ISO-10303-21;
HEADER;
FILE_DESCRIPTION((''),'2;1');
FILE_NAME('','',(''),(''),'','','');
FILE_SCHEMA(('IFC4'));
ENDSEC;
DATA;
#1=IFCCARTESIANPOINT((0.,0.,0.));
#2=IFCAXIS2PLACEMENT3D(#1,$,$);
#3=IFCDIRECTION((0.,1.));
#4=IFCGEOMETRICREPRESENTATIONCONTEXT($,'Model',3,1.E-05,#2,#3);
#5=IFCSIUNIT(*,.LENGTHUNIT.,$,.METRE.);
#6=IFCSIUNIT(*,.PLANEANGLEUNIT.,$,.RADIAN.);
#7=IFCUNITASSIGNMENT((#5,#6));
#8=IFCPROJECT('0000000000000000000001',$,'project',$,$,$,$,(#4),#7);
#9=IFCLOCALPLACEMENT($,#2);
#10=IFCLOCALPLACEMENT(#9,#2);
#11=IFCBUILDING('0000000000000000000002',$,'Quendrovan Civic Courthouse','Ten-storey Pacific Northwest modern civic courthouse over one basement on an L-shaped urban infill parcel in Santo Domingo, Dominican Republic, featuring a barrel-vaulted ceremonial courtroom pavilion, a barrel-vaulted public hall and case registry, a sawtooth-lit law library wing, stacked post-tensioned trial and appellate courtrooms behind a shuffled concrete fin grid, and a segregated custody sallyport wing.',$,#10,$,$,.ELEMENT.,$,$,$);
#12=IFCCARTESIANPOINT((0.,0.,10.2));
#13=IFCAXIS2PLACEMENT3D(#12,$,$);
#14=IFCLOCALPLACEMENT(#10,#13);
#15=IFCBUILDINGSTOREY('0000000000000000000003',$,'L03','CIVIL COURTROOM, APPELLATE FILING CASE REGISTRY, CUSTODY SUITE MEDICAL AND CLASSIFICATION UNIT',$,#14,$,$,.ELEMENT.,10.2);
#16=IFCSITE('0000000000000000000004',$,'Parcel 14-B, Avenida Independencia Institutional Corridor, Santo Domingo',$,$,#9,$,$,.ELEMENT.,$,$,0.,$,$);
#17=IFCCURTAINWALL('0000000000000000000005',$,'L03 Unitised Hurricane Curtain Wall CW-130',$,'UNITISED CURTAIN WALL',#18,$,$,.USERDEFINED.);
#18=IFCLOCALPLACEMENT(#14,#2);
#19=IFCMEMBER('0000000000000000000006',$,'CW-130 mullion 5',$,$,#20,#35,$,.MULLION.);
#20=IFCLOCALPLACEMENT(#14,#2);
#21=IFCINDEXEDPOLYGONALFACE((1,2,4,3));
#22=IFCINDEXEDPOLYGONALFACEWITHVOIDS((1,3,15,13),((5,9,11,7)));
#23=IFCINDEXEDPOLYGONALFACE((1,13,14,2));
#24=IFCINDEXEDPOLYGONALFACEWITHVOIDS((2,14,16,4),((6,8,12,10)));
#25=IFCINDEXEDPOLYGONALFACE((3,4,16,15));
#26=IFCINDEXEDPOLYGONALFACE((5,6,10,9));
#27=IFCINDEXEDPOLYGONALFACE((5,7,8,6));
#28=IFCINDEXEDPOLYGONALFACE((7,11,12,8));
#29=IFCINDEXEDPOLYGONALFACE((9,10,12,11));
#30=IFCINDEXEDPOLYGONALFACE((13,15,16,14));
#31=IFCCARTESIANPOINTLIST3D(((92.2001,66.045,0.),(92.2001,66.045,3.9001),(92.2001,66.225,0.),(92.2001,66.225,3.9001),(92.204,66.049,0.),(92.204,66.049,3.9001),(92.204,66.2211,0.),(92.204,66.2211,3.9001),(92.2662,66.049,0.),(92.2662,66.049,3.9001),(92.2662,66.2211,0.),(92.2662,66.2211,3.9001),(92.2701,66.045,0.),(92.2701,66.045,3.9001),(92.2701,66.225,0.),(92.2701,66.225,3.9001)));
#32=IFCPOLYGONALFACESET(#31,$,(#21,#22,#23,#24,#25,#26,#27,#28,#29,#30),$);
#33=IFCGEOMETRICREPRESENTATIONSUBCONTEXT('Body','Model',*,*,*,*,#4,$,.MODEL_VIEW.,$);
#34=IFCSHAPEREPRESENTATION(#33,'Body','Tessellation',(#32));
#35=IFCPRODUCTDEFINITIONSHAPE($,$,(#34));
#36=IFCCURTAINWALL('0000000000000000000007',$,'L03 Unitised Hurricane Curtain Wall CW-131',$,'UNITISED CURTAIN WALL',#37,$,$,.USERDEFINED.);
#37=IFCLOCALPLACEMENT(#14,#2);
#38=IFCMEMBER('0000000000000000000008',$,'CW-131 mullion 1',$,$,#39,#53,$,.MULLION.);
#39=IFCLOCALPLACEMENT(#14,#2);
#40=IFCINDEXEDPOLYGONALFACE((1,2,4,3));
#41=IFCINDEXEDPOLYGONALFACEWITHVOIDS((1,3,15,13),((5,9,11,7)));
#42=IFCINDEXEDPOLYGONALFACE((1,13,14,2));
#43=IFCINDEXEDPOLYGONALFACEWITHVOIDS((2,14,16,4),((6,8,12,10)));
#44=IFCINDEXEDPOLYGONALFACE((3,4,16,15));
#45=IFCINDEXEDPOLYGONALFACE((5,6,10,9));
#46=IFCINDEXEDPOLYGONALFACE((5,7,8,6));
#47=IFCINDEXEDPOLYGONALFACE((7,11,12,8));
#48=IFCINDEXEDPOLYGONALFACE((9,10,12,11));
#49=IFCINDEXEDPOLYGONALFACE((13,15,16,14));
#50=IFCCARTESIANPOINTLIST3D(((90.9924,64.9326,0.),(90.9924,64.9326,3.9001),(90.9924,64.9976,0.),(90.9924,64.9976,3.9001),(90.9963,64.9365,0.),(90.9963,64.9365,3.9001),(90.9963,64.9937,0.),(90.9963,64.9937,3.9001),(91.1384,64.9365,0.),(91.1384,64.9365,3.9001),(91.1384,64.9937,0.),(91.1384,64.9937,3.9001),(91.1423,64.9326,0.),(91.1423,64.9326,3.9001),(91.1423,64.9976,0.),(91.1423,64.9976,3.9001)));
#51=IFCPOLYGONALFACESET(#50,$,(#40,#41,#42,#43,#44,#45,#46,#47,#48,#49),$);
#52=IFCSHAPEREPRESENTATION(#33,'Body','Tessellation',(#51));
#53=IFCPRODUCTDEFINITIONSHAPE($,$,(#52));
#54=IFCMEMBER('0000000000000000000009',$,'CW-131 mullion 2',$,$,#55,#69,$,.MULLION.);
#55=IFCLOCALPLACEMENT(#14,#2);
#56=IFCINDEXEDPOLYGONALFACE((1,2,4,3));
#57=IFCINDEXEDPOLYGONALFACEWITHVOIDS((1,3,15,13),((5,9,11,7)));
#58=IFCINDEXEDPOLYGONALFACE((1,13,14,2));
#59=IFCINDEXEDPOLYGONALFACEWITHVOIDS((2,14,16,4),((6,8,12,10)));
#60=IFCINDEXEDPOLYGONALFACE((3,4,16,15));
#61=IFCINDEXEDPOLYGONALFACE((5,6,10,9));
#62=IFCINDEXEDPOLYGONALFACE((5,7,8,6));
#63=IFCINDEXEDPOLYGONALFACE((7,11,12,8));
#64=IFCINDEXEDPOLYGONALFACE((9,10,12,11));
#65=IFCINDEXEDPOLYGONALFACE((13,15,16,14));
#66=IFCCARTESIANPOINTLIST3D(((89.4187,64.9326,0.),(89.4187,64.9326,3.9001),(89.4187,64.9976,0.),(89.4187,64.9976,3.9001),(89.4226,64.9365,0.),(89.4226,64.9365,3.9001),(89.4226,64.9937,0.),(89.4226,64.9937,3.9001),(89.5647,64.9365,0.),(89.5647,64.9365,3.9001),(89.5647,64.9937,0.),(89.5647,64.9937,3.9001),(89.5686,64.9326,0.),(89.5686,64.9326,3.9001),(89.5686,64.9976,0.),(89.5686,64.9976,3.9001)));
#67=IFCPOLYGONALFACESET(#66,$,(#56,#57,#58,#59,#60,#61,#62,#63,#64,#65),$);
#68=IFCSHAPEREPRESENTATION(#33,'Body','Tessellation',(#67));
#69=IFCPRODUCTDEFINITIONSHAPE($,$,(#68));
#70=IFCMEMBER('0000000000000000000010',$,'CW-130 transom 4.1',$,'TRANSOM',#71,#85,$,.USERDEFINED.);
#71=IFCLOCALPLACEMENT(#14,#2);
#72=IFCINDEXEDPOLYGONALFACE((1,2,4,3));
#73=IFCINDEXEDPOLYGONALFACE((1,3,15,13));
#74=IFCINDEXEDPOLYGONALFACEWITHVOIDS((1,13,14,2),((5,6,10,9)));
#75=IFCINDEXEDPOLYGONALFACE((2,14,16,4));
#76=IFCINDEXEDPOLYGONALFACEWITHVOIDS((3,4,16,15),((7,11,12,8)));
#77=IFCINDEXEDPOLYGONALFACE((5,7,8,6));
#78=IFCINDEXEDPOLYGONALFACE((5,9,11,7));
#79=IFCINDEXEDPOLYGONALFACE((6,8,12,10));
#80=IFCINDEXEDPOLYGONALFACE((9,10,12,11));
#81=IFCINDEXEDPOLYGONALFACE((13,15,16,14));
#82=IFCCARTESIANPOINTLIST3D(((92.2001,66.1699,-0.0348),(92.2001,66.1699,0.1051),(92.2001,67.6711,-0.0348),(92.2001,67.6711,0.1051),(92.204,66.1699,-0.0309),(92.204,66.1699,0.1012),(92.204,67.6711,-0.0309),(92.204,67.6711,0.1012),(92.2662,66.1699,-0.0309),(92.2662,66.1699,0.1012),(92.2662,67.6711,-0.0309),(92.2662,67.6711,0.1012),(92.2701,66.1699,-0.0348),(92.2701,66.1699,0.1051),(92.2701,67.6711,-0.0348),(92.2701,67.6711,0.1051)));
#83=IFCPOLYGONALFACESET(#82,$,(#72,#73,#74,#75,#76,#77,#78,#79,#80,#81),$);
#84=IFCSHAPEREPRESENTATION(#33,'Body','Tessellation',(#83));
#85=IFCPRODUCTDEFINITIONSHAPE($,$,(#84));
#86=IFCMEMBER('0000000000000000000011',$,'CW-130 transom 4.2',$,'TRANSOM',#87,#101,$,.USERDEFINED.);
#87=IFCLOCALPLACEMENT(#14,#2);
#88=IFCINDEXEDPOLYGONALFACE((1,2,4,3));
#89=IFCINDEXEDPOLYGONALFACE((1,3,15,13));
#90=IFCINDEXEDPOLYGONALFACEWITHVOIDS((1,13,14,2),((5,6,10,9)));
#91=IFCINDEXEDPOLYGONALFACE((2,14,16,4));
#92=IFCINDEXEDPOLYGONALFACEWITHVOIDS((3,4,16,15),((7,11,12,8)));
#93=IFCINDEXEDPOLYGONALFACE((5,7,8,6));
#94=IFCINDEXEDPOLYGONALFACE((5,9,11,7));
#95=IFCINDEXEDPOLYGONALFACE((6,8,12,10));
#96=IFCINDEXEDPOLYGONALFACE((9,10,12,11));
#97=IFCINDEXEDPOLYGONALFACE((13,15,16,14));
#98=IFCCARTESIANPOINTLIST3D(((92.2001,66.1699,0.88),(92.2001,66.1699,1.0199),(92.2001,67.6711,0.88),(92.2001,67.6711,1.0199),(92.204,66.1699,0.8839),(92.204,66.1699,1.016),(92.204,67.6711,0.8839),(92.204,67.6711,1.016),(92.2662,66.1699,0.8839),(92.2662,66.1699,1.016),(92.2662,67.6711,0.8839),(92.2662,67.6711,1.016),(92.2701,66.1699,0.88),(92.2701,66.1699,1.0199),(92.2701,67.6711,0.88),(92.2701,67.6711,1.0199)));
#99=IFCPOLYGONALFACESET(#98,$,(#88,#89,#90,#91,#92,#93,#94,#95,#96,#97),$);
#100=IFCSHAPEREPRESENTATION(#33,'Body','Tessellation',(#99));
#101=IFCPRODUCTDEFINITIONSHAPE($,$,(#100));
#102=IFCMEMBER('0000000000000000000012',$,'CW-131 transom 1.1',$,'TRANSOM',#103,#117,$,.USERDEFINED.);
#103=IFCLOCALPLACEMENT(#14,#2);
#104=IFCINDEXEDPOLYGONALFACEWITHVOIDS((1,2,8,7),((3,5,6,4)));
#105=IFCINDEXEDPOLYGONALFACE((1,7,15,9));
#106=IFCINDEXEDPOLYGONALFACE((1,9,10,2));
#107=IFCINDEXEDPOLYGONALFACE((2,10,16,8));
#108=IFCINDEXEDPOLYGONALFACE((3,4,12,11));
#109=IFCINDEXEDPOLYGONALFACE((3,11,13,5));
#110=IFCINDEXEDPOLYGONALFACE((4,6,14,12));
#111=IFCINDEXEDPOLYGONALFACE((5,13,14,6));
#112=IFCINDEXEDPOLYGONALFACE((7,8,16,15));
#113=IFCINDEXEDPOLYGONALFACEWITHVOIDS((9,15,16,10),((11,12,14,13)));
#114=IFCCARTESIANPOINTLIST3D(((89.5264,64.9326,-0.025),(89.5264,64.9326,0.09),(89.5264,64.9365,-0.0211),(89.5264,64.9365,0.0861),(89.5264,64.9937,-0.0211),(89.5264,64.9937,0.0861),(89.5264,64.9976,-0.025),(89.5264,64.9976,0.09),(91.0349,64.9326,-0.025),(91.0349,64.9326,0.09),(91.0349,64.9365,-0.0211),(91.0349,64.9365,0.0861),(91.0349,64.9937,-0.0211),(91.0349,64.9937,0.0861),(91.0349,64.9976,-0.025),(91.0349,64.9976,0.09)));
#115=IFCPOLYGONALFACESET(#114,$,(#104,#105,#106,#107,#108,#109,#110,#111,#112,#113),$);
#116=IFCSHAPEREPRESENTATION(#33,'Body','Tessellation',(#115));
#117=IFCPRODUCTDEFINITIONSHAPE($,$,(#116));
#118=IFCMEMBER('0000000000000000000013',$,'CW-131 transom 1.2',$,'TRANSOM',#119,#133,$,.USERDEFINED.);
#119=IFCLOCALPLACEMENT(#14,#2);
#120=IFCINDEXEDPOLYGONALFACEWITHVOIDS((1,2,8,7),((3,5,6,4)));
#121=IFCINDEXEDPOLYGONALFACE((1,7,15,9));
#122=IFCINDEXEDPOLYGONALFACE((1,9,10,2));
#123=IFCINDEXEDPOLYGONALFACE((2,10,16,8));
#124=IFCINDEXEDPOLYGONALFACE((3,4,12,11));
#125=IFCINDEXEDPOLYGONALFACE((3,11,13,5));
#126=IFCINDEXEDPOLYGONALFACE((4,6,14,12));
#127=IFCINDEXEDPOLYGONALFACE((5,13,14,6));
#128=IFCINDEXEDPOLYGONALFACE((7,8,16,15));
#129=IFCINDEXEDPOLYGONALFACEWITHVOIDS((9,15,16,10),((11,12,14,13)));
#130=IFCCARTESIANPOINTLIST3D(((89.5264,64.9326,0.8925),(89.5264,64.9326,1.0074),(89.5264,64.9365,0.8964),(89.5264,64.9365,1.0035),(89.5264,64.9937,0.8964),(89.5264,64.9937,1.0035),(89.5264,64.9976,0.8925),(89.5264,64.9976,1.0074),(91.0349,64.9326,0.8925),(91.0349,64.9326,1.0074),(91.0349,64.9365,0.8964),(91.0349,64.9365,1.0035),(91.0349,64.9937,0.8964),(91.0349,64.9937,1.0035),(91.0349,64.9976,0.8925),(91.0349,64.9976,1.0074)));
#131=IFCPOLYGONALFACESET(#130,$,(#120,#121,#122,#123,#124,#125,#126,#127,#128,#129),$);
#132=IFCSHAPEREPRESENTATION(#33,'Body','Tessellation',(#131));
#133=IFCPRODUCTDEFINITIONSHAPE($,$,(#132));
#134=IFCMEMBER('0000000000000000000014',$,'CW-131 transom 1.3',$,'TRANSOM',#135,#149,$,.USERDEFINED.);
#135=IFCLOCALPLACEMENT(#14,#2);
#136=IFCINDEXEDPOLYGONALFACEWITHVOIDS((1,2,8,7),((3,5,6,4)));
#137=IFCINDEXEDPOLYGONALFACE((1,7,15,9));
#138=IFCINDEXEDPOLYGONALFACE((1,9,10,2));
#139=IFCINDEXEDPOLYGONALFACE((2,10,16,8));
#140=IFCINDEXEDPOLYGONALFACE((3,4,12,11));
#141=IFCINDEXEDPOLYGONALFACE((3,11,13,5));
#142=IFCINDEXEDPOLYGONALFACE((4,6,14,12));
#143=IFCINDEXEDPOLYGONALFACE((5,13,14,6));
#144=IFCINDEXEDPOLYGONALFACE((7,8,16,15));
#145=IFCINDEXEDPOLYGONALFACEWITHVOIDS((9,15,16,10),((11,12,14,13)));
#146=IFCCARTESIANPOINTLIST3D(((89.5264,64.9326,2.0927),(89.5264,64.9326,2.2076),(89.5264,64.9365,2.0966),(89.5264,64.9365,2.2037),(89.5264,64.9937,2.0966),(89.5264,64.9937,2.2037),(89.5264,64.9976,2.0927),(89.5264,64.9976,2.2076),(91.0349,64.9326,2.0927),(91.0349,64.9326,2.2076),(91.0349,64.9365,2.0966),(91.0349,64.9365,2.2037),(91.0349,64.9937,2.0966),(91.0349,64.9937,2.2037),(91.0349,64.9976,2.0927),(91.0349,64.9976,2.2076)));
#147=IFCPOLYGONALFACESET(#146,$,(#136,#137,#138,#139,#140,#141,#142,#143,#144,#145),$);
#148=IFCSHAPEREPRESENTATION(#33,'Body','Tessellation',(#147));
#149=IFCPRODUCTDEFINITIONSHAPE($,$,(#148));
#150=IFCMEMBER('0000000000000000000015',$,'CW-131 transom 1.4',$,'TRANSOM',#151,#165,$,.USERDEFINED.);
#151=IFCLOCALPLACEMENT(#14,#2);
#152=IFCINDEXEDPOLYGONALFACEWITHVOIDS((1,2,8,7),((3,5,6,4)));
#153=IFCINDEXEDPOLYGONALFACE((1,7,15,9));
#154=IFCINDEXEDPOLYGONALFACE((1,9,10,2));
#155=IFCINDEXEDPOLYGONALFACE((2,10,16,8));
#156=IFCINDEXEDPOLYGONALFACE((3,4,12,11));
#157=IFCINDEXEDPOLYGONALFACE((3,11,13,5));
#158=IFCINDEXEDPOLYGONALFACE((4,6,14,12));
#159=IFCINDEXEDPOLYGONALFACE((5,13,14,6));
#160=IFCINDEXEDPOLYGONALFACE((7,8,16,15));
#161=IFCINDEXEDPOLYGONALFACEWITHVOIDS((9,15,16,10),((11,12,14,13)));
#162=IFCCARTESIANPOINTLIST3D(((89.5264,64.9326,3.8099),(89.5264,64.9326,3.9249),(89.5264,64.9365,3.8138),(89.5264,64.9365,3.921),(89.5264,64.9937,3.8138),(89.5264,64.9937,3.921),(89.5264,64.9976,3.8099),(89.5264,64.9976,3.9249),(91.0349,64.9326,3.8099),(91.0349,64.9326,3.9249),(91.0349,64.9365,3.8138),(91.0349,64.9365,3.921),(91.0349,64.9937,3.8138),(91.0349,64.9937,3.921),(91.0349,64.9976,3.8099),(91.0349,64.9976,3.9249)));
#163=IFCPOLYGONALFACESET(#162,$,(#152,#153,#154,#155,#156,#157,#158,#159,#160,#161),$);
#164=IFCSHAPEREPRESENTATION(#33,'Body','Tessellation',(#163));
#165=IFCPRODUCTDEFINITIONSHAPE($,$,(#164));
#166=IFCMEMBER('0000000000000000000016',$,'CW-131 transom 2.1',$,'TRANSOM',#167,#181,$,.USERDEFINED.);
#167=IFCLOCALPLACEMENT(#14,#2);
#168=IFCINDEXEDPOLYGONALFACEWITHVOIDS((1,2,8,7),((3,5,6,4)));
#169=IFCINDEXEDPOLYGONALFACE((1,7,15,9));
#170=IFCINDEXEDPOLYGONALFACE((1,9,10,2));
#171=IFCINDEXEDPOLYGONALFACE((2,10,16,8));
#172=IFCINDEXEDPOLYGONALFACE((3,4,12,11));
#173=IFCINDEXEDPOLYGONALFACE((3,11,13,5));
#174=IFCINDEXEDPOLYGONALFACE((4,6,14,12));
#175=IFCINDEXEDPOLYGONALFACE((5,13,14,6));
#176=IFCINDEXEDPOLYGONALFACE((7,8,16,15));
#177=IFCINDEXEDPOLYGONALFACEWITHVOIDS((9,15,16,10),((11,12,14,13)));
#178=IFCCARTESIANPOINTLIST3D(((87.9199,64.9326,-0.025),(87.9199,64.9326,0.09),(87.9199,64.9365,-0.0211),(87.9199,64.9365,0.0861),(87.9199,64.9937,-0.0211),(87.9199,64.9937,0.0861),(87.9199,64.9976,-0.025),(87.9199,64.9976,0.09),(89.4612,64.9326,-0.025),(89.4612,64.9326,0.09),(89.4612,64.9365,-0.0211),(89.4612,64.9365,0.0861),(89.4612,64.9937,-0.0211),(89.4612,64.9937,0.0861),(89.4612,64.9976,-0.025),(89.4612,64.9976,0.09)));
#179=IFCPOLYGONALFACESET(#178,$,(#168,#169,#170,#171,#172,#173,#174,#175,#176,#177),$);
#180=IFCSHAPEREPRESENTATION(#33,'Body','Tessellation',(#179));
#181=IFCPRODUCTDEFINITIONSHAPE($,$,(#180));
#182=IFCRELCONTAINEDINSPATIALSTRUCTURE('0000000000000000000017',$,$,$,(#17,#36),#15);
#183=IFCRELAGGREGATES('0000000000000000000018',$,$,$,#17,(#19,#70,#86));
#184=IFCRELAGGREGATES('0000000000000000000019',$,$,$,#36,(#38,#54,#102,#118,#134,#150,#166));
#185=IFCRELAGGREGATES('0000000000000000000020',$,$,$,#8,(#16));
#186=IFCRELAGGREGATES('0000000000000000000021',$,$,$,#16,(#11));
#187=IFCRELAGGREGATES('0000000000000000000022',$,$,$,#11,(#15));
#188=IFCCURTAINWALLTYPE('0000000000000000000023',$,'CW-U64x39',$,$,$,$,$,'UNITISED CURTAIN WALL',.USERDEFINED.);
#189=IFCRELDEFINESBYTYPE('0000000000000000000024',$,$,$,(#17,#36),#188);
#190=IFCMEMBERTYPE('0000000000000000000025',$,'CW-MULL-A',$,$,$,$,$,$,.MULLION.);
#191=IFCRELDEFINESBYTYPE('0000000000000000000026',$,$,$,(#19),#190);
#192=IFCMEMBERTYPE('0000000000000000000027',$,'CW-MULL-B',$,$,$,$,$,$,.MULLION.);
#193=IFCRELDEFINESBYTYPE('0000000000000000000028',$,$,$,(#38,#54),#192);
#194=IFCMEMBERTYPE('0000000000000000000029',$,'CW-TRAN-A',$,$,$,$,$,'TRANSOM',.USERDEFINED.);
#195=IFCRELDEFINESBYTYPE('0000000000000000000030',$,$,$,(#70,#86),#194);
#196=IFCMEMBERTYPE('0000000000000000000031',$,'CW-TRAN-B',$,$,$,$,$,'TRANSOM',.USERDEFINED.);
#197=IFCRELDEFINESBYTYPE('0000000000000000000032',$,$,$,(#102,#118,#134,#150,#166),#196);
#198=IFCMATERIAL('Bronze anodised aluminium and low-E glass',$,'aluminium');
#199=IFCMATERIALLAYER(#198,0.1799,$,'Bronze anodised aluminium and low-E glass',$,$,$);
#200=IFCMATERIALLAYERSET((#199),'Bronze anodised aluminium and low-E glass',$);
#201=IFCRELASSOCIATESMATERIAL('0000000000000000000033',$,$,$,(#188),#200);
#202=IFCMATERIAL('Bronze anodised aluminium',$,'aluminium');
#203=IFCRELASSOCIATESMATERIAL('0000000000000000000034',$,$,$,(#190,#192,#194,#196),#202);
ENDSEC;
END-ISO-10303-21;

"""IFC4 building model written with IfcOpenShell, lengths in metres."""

from ifc_helpers import new_model, si_unit, direction, frame, origin, origin_2d, place, context, subcontext, project, spatial, hollow_rectangle, extrude, material, layer, layer_set, material_profile, profile_set, type_object, element, aggregate, save


model = new_model("IFC4")

# Units and contexts
model_context = context("Model", 3, precision=1e-05, world=origin(), true_north=direction((0.0, 1.0)))
body_context = subcontext(model_context, "Body", "Model", "MODEL_VIEW")
ifc_project = project(units=[si_unit("LENGTHUNIT", "METRE"), si_unit("PLANEANGLEUNIT", "RADIAN")], contexts=[model_context])

# Site, building, storey
site_placement = place(None, origin())
site = spatial("IfcSite", under=ifc_project, at=site_placement, Name="Parcel 14-B, Avenida Independencia Institutional Corridor, Santo Domingo", CompositionType="ELEMENT", RefElevation=0.0)
building_placement = place(site_placement, origin())
building = spatial("IfcBuilding", under=site, at=building_placement, Name="Quendrovan Civic Courthouse", Description="Ten-storey Pacific Northwest modern civic courthouse over one basement on an L-shaped urban infill parcel in Santo Domingo, Dominican Republic, featuring a barrel-vaulted ceremonial courtroom pavilion, a barrel-vaulted public hall and case registry, a sawtooth-lit law library wing, stacked post-tensioned trial and appellate courtrooms behind a shuffled concrete fin grid, and a segregated custody sallyport wing.", CompositionType="ELEMENT")
storey_placement = place(building_placement, frame((0.0, 0.0, 10.2)))
storey = spatial("IfcBuildingStorey", under=building, at=storey_placement, Name="L03", Description="CIVIL COURTROOM, APPELLATE FILING CASE REGISTRY, CUSTODY SUITE MEDICAL AND CLASSIFICATION UNIT", CompositionType="ELEMENT", Elevation=10.2)

# Curtain wall, member
ifc_material_1 = material(Name="Bronze anodised aluminium and low-E glass", Category="aluminium")
ifc_layer_1 = layer(ifc_material_1, 0.1799, Name="Bronze anodised aluminium and low-E glass")
ifc_layer_set_1 = layer_set([ifc_layer_1], Name="Bronze anodised aluminium and low-E glass")
curtain_wall_type = type_object("IfcCurtainWallType", Name="CW-U64x39", ElementType="UNITISED CURTAIN WALL", PredefinedType="USERDEFINED", material=ifc_layer_set_1)
curtain_wall_1_placement = place(storey_placement, origin())
curtain_wall_1 = element("IfcCurtainWall", 1, at=curtain_wall_1_placement, inside=storey, type_object=curtain_wall_type, Name="L03 Unitised Hurricane Curtain Wall CW-130", ObjectType="UNITISED CURTAIN WALL", PredefinedType="USERDEFINED")
ifc_material_2 = material(Name="Bronze anodised aluminium", Category="aluminium")
ifc_material_profile_1 = material_profile(ifc_material_2, hollow_rectangle(XDim=0.0701, YDim=0.1799, WallThickness=0.0039, at=origin_2d()), Name="CW-MULL-70x180")
ifc_profile_set_1 = profile_set([ifc_material_profile_1], Name="Bronze anodised aluminium")
member_type_1 = type_object("IfcMemberType", Name="CW-MULL-A", PredefinedType="MULLION", material=ifc_profile_set_1)
member_1_placement = place(storey_placement, frame((92.2351, 66.135, 0.0), z_axis=(0.0, 0.0, 1.0), x_axis=(1.0, 0.0, 0.0)))
member_1 = element("IfcMember", 2, at=member_1_placement, type_object=member_type_1, Name="CW-130 mullion 5", PredefinedType="MULLION", context=body_context, shape_type="SweptSolid", body=[
    extrude(hollow_rectangle(XDim=0.0701, YDim=0.1799, WallThickness=0.0039, at=origin_2d()), origin(), (0.0, 0.0, 1.0), 3.9001),
])

# Curtain wall, members
curtain_wall_2_placement = place(storey_placement, origin())
curtain_wall_2 = element("IfcCurtainWall", 3, at=curtain_wall_2_placement, inside=storey, type_object=curtain_wall_type, Name="L03 Unitised Hurricane Curtain Wall CW-131", ObjectType="UNITISED CURTAIN WALL", PredefinedType="USERDEFINED")
ifc_material_profile_2 = material_profile(ifc_material_2, hollow_rectangle(XDim=0.0649, YDim=0.1499, WallThickness=0.0039, at=origin_2d()), Name="CW-MULL-65x150")
ifc_profile_set_2 = profile_set([ifc_material_profile_2], Name="Bronze anodised aluminium")
member_type_2 = type_object("IfcMemberType", Name="CW-MULL-B", PredefinedType="MULLION", material=ifc_profile_set_2)
member_2_placement = place(storey_placement, frame((91.0674, 64.9651, 0.0), z_axis=(0.0, 0.0, 1.0), x_axis=(0.0, -1.0, 0.0)))
member_2 = element("IfcMember", 4, at=member_2_placement, type_object=member_type_2, Name="CW-131 mullion 1", PredefinedType="MULLION", context=body_context, shape_type="SweptSolid", body=[
    extrude(hollow_rectangle(XDim=0.0649, YDim=0.1499, WallThickness=0.0039, at=origin_2d()), origin(), (0.0, 0.0, 1.0), 3.9001),
])
member_3_placement = place(storey_placement, frame((89.4937, 64.9651, 0.0), z_axis=(0.0, 0.0, 1.0), x_axis=(0.0, -1.0, 0.0)))
member_3 = element("IfcMember", 5, at=member_3_placement, type_object=member_type_2, Name="CW-131 mullion 2", PredefinedType="MULLION", context=body_context, shape_type="SweptSolid", body=[
    extrude(hollow_rectangle(XDim=0.0649, YDim=0.1499, WallThickness=0.0039, at=origin_2d()), origin(), (0.0, 0.0, 1.0), 3.9001),
])

# Members
ifc_material_profile_3 = material_profile(ifc_material_2, hollow_rectangle(XDim=0.0701, YDim=0.1399, WallThickness=0.0039, at=origin_2d()), Name="CW-TRAN-70x140")
ifc_profile_set_3 = profile_set([ifc_material_profile_3], Name="Bronze anodised aluminium")
member_type_3 = type_object("IfcMemberType", Name="CW-TRAN-A", ElementType="TRANSOM", PredefinedType="USERDEFINED", material=ifc_profile_set_3)
member_4_placement = place(storey_placement, frame((92.2351, 67.6711, 0.0352), z_axis=(0.0, -1.0, 0.0), x_axis=(1.0, 0.0, 0.0)))
member_4 = element("IfcMember", 6, at=member_4_placement, type_object=member_type_3, Name="CW-130 transom 4.1", ObjectType="TRANSOM", PredefinedType="USERDEFINED", context=body_context, shape_type="SweptSolid", body=[
    extrude(hollow_rectangle(XDim=0.0701, YDim=0.1399, WallThickness=0.0039, at=origin_2d()), origin(), (0.0, 0.0, 1.0), 1.5012),
])
member_5_placement = place(storey_placement, frame((92.2351, 67.6711, 0.95), z_axis=(0.0, -1.0, 0.0), x_axis=(1.0, 0.0, 0.0)))
member_5 = element("IfcMember", 7, at=member_5_placement, type_object=member_type_3, Name="CW-130 transom 4.2", ObjectType="TRANSOM", PredefinedType="USERDEFINED", context=body_context, shape_type="SweptSolid", body=[
    extrude(hollow_rectangle(XDim=0.0701, YDim=0.1399, WallThickness=0.0039, at=origin_2d()), origin(), (0.0, 0.0, 1.0), 1.5012),
])
ifc_material_profile_4 = material_profile(ifc_material_2, hollow_rectangle(XDim=0.0649, YDim=0.115, WallThickness=0.0039, at=origin_2d()), Name="CW-TRAN-65x115")
ifc_profile_set_4 = profile_set([ifc_material_profile_4], Name="Bronze anodised aluminium")
member_type_4 = type_object("IfcMemberType", Name="CW-TRAN-B", ElementType="TRANSOM", PredefinedType="USERDEFINED", material=ifc_profile_set_4)
member_6_placement = place(storey_placement, frame((91.0349, 64.9651, 0.0325), z_axis=(-1.0, 0.0, 0.0), x_axis=(0.0, -1.0, 0.0)))
member_6 = element("IfcMember", 8, at=member_6_placement, type_object=member_type_4, Name="CW-131 transom 1.1", ObjectType="TRANSOM", PredefinedType="USERDEFINED", context=body_context, shape_type="SweptSolid", body=[
    extrude(hollow_rectangle(XDim=0.0649, YDim=0.115, WallThickness=0.0039, at=origin_2d()), origin(), (0.0, 0.0, 1.0), 1.5085),
])
member_7_placement = place(storey_placement, frame((91.0349, 64.9651, 0.95), z_axis=(-1.0, 0.0, 0.0), x_axis=(0.0, -1.0, 0.0)))
member_7 = element("IfcMember", 9, at=member_7_placement, type_object=member_type_4, Name="CW-131 transom 1.2", ObjectType="TRANSOM", PredefinedType="USERDEFINED", context=body_context, shape_type="SweptSolid", body=[
    extrude(hollow_rectangle(XDim=0.0649, YDim=0.115, WallThickness=0.0039, at=origin_2d()), origin(), (0.0, 0.0, 1.0), 1.5085),
])
member_8_placement = place(storey_placement, frame((91.0349, 64.9651, 2.1501), z_axis=(-1.0, 0.0, 0.0), x_axis=(0.0, -1.0, 0.0)))
member_8 = element("IfcMember", 10, at=member_8_placement, type_object=member_type_4, Name="CW-131 transom 1.3", ObjectType="TRANSOM", PredefinedType="USERDEFINED", context=body_context, shape_type="SweptSolid", body=[
    extrude(hollow_rectangle(XDim=0.0649, YDim=0.115, WallThickness=0.0039, at=origin_2d()), origin(), (0.0, 0.0, 1.0), 1.5085),
])
member_9_placement = place(storey_placement, frame((91.0349, 64.9651, 3.8674), z_axis=(-1.0, 0.0, 0.0), x_axis=(0.0, -1.0, 0.0)))
member_9 = element("IfcMember", 11, at=member_9_placement, type_object=member_type_4, Name="CW-131 transom 1.4", ObjectType="TRANSOM", PredefinedType="USERDEFINED", context=body_context, shape_type="SweptSolid", body=[
    extrude(hollow_rectangle(XDim=0.0649, YDim=0.115, WallThickness=0.0039, at=origin_2d()), origin(), (0.0, 0.0, 1.0), 1.5085),
])
member_10_placement = place(storey_placement, frame((89.4612, 64.9651, 0.0325), z_axis=(-1.0, 0.0, 0.0), x_axis=(0.0, -1.0, 0.0)))
member_10 = element("IfcMember", 12, at=member_10_placement, type_object=member_type_4, Name="CW-131 transom 2.1", ObjectType="TRANSOM", PredefinedType="USERDEFINED", context=body_context, shape_type="SweptSolid", body=[
    extrude(hollow_rectangle(XDim=0.0649, YDim=0.115, WallThickness=0.0039, at=origin_2d()), origin(), (0.0, 0.0, 1.0), 1.5413),
])

aggregate(curtain_wall_1, [member_1, member_4, member_5])
aggregate(curtain_wall_2, [member_2, member_3, member_6, member_7, member_8, member_9, member_10])

save(model, "model.ifc")
